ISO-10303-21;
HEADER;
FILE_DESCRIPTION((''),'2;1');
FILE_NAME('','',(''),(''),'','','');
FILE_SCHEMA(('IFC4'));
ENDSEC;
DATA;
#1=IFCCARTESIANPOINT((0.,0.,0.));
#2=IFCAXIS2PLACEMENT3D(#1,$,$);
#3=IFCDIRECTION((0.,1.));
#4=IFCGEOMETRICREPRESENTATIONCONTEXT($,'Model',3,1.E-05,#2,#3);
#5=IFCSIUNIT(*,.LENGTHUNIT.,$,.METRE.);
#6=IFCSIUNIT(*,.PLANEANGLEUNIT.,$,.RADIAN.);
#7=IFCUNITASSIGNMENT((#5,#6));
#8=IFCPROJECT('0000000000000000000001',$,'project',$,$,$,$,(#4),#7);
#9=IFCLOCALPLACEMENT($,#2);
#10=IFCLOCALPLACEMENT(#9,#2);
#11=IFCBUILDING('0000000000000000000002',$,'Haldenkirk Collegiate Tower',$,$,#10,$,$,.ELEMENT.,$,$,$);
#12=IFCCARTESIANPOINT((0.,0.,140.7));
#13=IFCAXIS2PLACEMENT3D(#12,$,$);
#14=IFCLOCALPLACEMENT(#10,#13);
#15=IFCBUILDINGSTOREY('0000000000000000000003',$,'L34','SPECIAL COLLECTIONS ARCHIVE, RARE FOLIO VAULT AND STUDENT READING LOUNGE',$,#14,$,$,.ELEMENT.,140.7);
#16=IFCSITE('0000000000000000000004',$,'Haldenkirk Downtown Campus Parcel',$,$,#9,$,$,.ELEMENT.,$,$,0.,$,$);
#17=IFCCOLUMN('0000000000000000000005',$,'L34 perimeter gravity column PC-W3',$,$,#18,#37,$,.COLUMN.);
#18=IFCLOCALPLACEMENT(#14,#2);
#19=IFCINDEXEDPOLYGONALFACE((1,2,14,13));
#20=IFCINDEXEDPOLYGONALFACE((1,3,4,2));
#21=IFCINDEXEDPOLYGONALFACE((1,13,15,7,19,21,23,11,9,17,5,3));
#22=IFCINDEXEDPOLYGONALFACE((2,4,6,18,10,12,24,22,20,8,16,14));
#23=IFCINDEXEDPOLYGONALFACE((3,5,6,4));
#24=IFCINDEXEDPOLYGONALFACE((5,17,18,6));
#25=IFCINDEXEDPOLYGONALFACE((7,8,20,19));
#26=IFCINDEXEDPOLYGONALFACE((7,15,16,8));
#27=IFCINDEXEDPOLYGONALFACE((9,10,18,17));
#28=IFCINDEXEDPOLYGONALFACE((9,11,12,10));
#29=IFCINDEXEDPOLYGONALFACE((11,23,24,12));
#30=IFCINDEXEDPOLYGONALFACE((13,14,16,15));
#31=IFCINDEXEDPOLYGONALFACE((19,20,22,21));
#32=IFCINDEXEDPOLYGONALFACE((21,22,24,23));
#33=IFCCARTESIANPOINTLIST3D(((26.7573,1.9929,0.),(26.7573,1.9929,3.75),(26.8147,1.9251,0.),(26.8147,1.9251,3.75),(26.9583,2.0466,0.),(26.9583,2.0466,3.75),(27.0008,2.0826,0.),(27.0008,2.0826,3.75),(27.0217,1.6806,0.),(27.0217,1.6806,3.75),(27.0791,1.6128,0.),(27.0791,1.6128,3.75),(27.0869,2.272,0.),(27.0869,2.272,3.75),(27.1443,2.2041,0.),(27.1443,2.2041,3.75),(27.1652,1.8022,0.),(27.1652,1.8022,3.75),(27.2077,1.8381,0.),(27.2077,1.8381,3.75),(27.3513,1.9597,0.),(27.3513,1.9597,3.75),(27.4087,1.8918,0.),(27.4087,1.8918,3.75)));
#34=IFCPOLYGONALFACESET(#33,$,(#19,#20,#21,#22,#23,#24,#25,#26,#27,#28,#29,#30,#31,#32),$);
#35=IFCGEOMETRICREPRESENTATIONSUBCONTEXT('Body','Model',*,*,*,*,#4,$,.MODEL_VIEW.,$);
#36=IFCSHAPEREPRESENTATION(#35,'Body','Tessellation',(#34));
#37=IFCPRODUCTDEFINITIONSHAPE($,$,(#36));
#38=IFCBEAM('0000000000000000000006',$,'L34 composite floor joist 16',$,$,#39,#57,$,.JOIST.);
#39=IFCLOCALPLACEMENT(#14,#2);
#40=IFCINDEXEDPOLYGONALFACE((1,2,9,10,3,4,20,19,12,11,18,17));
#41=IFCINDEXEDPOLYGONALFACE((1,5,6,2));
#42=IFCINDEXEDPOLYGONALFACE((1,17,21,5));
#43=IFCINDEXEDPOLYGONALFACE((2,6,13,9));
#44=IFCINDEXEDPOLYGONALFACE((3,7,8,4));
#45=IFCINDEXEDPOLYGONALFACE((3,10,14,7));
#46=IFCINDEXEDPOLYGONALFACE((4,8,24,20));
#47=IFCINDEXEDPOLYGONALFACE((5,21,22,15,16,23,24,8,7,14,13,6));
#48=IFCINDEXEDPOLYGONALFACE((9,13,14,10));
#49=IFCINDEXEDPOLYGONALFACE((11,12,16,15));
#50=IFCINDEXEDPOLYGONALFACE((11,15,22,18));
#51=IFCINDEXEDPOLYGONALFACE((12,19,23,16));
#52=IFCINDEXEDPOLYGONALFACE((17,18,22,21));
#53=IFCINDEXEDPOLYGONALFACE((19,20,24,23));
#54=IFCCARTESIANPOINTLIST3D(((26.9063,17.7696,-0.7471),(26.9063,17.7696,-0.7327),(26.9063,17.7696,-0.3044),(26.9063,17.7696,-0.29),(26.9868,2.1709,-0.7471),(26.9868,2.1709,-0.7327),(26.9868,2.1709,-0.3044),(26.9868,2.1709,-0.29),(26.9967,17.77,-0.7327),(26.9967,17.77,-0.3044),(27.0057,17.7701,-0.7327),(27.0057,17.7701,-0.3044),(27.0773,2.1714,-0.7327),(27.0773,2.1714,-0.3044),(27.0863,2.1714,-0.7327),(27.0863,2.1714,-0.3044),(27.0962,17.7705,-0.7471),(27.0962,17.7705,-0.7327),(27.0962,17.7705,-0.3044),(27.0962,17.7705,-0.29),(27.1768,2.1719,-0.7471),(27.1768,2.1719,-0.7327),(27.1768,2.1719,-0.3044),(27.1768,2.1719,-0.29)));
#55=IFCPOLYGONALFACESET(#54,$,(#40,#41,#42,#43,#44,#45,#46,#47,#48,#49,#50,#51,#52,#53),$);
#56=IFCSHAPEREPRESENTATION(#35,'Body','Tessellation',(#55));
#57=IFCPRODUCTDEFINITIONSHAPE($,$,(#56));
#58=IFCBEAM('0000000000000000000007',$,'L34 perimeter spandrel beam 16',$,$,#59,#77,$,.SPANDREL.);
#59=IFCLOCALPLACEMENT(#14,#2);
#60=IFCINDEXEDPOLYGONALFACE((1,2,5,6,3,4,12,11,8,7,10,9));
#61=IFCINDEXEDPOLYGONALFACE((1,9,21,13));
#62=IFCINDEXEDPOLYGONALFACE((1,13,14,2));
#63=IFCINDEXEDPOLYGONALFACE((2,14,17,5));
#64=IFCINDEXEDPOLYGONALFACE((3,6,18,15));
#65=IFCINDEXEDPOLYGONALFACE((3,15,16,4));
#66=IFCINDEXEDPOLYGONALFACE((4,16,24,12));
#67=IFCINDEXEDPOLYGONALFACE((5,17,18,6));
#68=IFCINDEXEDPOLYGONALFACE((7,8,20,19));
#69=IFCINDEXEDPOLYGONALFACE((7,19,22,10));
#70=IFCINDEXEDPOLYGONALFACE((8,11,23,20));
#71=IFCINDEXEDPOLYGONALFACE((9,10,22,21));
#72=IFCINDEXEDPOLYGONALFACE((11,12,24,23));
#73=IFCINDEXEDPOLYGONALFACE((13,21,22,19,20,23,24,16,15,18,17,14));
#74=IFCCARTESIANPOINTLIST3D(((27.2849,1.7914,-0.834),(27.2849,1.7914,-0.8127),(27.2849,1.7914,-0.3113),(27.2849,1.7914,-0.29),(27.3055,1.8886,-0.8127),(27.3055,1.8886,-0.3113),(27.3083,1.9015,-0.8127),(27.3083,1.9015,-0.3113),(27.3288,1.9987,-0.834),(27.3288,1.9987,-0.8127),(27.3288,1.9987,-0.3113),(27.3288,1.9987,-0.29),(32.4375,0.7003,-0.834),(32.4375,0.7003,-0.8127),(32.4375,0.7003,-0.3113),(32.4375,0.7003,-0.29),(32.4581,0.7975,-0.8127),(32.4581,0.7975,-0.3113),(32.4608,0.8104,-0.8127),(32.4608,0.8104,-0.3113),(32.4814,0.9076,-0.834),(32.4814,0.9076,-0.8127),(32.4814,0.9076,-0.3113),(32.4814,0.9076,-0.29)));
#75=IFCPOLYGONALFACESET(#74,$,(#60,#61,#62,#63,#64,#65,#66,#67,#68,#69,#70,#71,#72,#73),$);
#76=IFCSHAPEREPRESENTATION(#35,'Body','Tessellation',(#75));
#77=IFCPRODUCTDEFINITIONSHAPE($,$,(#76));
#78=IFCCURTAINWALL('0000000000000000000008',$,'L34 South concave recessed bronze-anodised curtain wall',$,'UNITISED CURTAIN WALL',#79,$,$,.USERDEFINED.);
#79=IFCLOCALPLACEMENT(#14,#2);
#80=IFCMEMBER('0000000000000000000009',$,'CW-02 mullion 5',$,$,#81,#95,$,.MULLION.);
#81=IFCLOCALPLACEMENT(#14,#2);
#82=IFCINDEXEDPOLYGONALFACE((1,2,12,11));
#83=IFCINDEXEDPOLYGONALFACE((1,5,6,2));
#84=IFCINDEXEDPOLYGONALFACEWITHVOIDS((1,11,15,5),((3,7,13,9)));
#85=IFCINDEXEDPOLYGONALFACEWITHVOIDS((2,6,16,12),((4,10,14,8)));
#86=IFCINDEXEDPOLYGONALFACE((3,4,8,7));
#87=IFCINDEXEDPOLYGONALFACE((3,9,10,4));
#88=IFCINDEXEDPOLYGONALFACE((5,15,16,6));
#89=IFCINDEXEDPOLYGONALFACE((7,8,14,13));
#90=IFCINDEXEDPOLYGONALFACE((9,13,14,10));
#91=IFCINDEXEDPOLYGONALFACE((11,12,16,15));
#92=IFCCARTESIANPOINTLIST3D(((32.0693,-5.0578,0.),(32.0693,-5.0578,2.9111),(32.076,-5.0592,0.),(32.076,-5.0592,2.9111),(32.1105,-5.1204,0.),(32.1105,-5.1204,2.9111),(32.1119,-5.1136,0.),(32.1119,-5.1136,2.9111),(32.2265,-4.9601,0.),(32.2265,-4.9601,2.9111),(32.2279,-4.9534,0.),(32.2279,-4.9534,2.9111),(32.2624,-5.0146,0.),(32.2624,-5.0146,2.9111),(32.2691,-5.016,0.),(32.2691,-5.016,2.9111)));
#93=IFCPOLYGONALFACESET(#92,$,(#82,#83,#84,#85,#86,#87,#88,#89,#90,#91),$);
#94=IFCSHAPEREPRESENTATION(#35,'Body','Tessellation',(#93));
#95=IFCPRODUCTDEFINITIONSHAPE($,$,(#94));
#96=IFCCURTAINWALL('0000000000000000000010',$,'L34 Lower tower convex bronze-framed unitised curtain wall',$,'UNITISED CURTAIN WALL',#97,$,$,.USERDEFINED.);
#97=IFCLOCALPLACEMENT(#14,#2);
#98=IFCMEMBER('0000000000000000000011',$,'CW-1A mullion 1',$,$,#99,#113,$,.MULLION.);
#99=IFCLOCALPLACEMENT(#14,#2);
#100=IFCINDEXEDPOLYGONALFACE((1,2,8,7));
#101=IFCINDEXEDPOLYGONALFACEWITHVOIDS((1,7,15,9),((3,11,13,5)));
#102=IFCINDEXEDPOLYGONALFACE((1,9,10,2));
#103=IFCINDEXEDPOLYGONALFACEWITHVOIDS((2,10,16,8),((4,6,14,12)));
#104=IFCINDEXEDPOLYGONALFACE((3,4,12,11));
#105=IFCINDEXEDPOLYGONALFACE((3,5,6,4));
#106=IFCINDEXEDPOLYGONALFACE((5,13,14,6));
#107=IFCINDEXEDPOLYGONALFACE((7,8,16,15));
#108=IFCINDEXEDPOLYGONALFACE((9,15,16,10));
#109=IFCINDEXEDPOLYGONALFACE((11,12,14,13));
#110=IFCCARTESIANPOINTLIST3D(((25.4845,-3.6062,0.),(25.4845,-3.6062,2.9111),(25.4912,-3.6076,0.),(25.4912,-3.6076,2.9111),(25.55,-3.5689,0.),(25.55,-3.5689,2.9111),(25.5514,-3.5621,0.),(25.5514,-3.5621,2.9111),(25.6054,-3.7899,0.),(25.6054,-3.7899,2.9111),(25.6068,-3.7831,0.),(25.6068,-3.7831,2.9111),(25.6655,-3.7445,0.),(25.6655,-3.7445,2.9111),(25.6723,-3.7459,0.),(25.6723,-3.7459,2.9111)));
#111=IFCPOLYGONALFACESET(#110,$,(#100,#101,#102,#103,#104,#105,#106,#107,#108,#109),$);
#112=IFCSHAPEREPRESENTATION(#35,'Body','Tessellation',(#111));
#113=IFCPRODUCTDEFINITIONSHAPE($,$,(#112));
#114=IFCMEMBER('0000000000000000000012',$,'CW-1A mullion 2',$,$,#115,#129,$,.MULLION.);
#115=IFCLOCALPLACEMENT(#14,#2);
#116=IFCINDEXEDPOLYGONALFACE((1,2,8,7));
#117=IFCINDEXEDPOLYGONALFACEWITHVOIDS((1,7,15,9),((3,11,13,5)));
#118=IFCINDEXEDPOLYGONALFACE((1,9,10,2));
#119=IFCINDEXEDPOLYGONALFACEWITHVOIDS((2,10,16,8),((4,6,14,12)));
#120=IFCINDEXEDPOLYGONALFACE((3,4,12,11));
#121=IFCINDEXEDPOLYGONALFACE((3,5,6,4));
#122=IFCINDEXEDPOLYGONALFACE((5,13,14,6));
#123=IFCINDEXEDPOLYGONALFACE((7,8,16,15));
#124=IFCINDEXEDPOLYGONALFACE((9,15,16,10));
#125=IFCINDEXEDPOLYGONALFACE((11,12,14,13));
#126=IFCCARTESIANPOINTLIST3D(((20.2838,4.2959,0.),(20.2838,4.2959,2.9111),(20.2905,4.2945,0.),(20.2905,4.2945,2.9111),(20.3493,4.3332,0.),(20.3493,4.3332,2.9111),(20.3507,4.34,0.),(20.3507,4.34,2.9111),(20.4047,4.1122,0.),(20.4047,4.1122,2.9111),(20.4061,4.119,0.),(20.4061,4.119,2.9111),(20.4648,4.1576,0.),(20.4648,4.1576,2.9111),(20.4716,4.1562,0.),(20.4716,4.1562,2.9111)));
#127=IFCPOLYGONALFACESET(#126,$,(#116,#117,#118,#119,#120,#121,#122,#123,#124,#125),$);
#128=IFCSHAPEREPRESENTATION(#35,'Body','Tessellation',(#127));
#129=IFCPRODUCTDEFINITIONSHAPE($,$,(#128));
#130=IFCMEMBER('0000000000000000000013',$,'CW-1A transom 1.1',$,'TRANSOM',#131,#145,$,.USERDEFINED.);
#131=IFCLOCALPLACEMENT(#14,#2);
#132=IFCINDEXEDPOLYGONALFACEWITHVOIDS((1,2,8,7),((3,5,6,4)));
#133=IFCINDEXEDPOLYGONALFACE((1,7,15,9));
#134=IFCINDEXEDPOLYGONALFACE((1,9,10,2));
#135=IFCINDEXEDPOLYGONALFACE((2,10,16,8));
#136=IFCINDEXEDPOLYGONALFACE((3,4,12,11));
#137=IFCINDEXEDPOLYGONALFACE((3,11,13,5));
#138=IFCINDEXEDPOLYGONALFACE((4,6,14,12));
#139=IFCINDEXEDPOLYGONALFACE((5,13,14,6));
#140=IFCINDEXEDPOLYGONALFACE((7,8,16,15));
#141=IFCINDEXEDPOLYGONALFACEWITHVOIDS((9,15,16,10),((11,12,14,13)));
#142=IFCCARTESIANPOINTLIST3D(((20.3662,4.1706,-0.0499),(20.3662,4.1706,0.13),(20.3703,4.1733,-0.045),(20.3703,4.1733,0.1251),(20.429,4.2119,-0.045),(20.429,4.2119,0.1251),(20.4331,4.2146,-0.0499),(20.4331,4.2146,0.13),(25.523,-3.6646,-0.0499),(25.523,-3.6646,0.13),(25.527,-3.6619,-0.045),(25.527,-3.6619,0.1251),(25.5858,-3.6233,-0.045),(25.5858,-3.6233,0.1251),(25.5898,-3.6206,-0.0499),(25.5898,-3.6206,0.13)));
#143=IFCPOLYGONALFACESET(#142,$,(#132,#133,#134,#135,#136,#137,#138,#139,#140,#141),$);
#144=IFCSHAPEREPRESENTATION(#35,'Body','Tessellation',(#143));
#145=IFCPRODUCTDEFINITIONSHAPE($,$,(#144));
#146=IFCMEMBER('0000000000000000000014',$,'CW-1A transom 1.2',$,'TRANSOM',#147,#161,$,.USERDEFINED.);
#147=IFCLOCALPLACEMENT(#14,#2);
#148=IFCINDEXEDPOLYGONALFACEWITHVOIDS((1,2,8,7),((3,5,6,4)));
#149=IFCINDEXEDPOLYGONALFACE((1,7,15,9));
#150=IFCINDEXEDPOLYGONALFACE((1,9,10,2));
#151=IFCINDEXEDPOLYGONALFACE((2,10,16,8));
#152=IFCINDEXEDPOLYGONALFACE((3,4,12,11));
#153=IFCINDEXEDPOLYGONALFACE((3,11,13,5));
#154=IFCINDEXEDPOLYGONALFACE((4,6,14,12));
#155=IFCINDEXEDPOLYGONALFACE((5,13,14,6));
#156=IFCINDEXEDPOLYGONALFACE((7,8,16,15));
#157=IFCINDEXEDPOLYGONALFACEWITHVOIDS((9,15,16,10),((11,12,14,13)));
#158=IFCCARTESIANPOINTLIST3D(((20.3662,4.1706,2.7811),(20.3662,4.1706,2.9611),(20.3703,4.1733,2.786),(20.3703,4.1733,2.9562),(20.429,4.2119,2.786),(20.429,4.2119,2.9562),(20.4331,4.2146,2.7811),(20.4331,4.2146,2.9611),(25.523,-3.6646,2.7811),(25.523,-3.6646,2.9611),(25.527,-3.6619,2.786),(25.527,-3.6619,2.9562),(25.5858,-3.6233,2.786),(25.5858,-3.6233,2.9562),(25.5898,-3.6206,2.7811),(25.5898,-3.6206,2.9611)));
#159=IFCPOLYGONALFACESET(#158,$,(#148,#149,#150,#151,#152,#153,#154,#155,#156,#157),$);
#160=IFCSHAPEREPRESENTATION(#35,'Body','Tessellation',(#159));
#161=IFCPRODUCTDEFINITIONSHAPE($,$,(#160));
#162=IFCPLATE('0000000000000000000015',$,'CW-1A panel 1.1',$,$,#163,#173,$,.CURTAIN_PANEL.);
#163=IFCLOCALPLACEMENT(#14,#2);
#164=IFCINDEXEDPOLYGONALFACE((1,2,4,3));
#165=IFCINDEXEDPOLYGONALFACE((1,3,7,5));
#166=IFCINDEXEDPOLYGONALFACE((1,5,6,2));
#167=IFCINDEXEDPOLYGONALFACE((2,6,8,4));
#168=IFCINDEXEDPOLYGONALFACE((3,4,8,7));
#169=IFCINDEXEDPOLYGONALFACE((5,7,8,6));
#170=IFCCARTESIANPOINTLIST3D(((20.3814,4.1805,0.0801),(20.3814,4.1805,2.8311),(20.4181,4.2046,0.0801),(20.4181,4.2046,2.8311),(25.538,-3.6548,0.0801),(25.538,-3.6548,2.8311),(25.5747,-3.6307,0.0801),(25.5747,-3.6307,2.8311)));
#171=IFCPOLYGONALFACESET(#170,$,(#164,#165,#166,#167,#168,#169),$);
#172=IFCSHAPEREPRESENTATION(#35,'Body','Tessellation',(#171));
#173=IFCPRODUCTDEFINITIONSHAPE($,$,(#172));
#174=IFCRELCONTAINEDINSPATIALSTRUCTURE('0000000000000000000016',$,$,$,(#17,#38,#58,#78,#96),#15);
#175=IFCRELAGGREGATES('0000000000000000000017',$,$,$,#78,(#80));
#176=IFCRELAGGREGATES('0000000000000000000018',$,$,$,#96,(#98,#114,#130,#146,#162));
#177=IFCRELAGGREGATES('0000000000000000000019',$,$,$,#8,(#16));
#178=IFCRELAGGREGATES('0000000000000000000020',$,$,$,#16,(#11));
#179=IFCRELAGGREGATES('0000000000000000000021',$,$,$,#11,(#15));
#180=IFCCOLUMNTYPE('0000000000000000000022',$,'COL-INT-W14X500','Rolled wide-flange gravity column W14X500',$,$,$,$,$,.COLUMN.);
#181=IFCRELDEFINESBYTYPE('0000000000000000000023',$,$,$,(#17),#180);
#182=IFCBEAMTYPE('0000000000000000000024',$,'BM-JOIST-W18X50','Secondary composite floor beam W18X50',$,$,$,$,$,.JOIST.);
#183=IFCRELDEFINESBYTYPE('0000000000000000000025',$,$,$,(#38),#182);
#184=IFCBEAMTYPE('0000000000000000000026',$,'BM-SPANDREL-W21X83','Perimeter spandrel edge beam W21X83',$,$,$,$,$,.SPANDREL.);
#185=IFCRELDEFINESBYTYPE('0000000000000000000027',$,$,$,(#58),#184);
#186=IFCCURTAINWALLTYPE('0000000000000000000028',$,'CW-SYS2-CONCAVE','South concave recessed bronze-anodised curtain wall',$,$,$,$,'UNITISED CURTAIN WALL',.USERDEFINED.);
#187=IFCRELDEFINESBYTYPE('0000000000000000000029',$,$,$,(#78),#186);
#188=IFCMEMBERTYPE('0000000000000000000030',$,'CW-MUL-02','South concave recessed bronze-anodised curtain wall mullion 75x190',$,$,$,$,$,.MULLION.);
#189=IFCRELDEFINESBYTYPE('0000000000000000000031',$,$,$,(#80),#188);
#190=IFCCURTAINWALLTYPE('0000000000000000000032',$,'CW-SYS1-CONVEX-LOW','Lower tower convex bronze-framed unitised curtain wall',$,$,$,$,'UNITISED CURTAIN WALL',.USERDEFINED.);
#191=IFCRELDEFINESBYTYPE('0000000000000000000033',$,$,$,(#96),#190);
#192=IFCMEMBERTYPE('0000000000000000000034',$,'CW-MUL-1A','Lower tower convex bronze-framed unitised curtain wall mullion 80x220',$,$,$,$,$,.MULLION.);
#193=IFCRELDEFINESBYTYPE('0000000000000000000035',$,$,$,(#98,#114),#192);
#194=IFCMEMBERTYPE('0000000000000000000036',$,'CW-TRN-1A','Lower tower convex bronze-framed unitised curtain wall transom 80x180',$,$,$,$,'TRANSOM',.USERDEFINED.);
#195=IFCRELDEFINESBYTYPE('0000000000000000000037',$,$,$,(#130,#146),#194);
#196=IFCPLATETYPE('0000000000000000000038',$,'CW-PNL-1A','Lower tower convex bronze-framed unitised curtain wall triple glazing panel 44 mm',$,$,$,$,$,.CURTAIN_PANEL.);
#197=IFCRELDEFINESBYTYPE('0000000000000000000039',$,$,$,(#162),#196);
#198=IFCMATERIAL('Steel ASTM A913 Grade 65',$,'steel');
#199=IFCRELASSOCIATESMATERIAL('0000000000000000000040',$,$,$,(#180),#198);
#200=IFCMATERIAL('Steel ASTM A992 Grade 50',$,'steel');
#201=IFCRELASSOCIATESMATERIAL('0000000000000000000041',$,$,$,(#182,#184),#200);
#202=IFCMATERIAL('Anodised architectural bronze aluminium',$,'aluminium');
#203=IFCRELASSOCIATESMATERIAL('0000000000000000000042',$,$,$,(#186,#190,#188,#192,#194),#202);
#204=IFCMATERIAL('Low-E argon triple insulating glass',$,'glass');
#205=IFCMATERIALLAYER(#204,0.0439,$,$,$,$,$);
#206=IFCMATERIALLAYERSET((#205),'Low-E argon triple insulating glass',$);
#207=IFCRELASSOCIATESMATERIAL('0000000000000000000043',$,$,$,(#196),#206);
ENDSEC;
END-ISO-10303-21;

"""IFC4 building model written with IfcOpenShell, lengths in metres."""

from ifc_helpers import new_model, si_unit, direction, frame, origin, origin_2d, place, context, subcontext, project, spatial, rectangle, hollow_rectangle, i_section, extrude, source, transform, mapped, material, layer, layer_set, material_profile, profile_set, type_object, element, aggregate, save


model = new_model("IFC4")

# Units and contexts
model_context = context("Model", 3, precision=1e-05, world=origin(), true_north=direction((0.0, 1.0)))
body_context = subcontext(model_context, "Body", "Model", "MODEL_VIEW")
ifc_project = project(units=[si_unit("LENGTHUNIT", "METRE"), si_unit("PLANEANGLEUNIT", "RADIAN")], contexts=[model_context])

# Site, building, storey
site_placement = place(None, origin())
site = spatial("IfcSite", under=ifc_project, at=site_placement, Name="Haldenkirk Downtown Campus Parcel", CompositionType="ELEMENT", RefElevation=0.0)
building_placement = place(site_placement, origin())
building = spatial("IfcBuilding", under=site, at=building_placement, Name="Haldenkirk Collegiate Tower", CompositionType="ELEMENT")
storey_placement = place(building_placement, frame((0.0, 0.0, 140.7)))
storey = spatial("IfcBuildingStorey", under=building, at=storey_placement, Name="L34", Description="SPECIAL COLLECTIONS ARCHIVE, RARE FOLIO VAULT AND STUDENT READING LOUNGE", CompositionType="ELEMENT", Elevation=140.7)

# Column
ifc_material_1 = material(Name="Steel ASTM A913 Grade 65", Category="steel")
ifc_material_profile_1 = material_profile(ifc_material_1, i_section(OverallWidth=0.4319, OverallDepth=0.498, WebThickness=0.0557, FlangeThickness=0.0889, at=origin_2d()), Name="W14X500")
ifc_profile_set_1 = profile_set([ifc_material_profile_1], Name="Steel ASTM A913 Grade 65")
column_type = type_object("IfcColumnType", Name="COL-INT-W14X500", Description="Rolled wide-flange gravity column W14X500", PredefinedType="COLUMN", material=ifc_profile_set_1)
column_placement = place(storey_placement, frame((27.083, 1.9424, 0.0), z_axis=(0.0, 0.0, 1.0), x_axis=(0.763232, 0.646124, 0.0)))
element("IfcColumn", 1, at=column_placement, inside=storey, type_object=column_type, Name="L34 perimeter gravity column PC-W3", PredefinedType="COLUMN", context=body_context, shape_type="SweptSolid", body=[
    extrude(i_section(OverallWidth=0.4319, OverallDepth=0.498, WebThickness=0.0557, FlangeThickness=0.0889, at=origin_2d()), origin(), (0.0, 0.0, 1.0), 3.75),
])

# Beams
ifc_material_2 = material(Name="Steel ASTM A992 Grade 50", Category="steel")
ifc_material_profile_2 = material_profile(ifc_material_2, i_section(OverallWidth=0.1899, OverallDepth=0.457, WebThickness=0.009, FlangeThickness=0.0144, at=origin_2d()), Name="W18X50")
ifc_profile_set_2 = profile_set([ifc_material_profile_2], Name="Steel ASTM A992 Grade 50")
beam_type_1 = type_object("IfcBeamType", Name="BM-JOIST-W18X50", Description="Secondary composite floor beam W18X50", PredefinedType="JOIST", material=ifc_profile_set_2)
beam_1_placement = place(storey_placement, frame((27.0818, 2.1714, -0.5186), z_axis=(-0.005165, 0.999987, 0.0), x_axis=(-0.999987, -0.005165, 0.0)))
element("IfcBeam", 2, at=beam_1_placement, inside=storey, type_object=beam_type_1, Name="L34 composite floor joist 16", PredefinedType="JOIST", context=body_context, shape_type="SweptSolid", body=[
    extrude(i_section(OverallWidth=0.1899, OverallDepth=0.457, WebThickness=0.009, FlangeThickness=0.0144, at=origin_2d()), origin(), (0.0, 0.0, 1.0), 15.5989),
])
ifc_material_profile_3 = material_profile(ifc_material_2, i_section(OverallWidth=0.2119, OverallDepth=0.5439, WebThickness=0.0132, FlangeThickness=0.0212, at=origin_2d()), Name="W21X83")
ifc_profile_set_3 = profile_set([ifc_material_profile_3], Name="Steel ASTM A992 Grade 50")
beam_type_2 = type_object("IfcBeamType", Name="BM-SPANDREL-W21X83", Description="Perimeter spandrel edge beam W21X83", PredefinedType="SPANDREL", material=ifc_profile_set_3)
beam_2_placement = place(storey_placement, frame((27.3069, 1.895, -0.562), z_axis=(0.978308, -0.207157, 0.0), x_axis=(0.207157, 0.978308, 0.0)))
element("IfcBeam", 3, at=beam_2_placement, inside=storey, type_object=beam_type_2, Name="L34 perimeter spandrel beam 16", PredefinedType="SPANDREL", context=body_context, shape_type="SweptSolid", body=[
    extrude(i_section(OverallWidth=0.2119, OverallDepth=0.5439, WebThickness=0.0132, FlangeThickness=0.0212, at=origin_2d()), origin(), (0.0, 0.0, 1.0), 5.2668),
])

# Curtain wall, member
ifc_material_3 = material(Name="Anodised architectural bronze aluminium", Category="aluminium")
curtain_wall_type_1 = type_object("IfcCurtainWallType", Name="CW-SYS2-CONCAVE", Description="South concave recessed bronze-anodised curtain wall", ElementType="UNITISED CURTAIN WALL", PredefinedType="USERDEFINED", material=ifc_material_3)
curtain_wall_1_placement = place(storey_placement, origin())
curtain_wall_1 = element("IfcCurtainWall", 4, at=curtain_wall_1_placement, inside=storey, type_object=curtain_wall_type_1, Name="L34 South concave recessed bronze-anodised curtain wall", ObjectType="UNITISED CURTAIN WALL", PredefinedType="USERDEFINED")
ifc_material_profile_4 = material_profile(ifc_material_3, hollow_rectangle(XDim=0.075, YDim=0.1899, WallThickness=0.0049, at=origin_2d()), Name="CW-MUL-02")
ifc_profile_set_4 = profile_set([ifc_material_profile_4], Name="Anodised architectural bronze aluminium")
member_type_1 = type_object("IfcMemberType", Name="CW-MUL-02", Description="South concave recessed bronze-anodised curtain wall mullion 75x190", PredefinedType="MULLION", material=ifc_profile_set_4)
member_1_placement = place(storey_placement, frame((32.1692, -5.0369, 0.0), z_axis=(0.0, 0.0, 1.0), x_axis=(0.549752, -0.835328, 0.0)))
member_1 = element("IfcMember", 5, at=member_1_placement, type_object=member_type_1, Name="CW-02 mullion 5", PredefinedType="MULLION", context=body_context, shape_type="SweptSolid", body=[
    extrude(hollow_rectangle(XDim=0.075, YDim=0.1899, WallThickness=0.0049, at=origin_2d()), origin(), (0.0, 0.0, 1.0), 2.9111),
])
aggregate(curtain_wall_1, [member_1])

# Curtain wall, members, plate
curtain_wall_type_2 = type_object("IfcCurtainWallType", Name="CW-SYS1-CONVEX-LOW", Description="Lower tower convex bronze-framed unitised curtain wall", ElementType="UNITISED CURTAIN WALL", PredefinedType="USERDEFINED", material=ifc_material_3)
curtain_wall_2_placement = place(storey_placement, origin())
curtain_wall_2 = element("IfcCurtainWall", 6, at=curtain_wall_2_placement, inside=storey, type_object=curtain_wall_type_2, Name="L34 Lower tower convex bronze-framed unitised curtain wall", ObjectType="UNITISED CURTAIN WALL", PredefinedType="USERDEFINED")
ifc_material_profile_5 = material_profile(ifc_material_3, hollow_rectangle(XDim=0.0801, YDim=0.22, WallThickness=0.0049, at=origin_2d()), Name="CW-MUL-1A")
ifc_profile_set_5 = profile_set([ifc_material_profile_5], Name="Anodised architectural bronze aluminium")
member_type_2 = type_object("IfcMemberType", Name="CW-MUL-1A", Description="Lower tower convex bronze-framed unitised curtain wall mullion 80x220", PredefinedType="MULLION", material=ifc_profile_set_5)
member_2_placement = place(storey_placement, frame((25.5784, -3.676, 0.0), z_axis=(0.0, 0.0, 1.0), x_axis=(-0.835327, -0.549753, 0.0)))
member_2 = element("IfcMember", 7, at=member_2_placement, type_object=member_type_2, Name="CW-1A mullion 1", PredefinedType="MULLION", context=body_context, shape_type="SweptSolid", body=[
    extrude(hollow_rectangle(XDim=0.0801, YDim=0.22, WallThickness=0.0049, at=origin_2d()), origin(), (0.0, 0.0, 1.0), 2.9111),
])
member_3_placement = place(storey_placement, frame((20.3777, 4.2261, 0.0), z_axis=(0.0, 0.0, 1.0), x_axis=(-0.835327, -0.549753, 0.0)))
member_3 = element("IfcMember", 8, at=member_3_placement, type_object=member_type_2, Name="CW-1A mullion 2", PredefinedType="MULLION", context=body_context, shape_type="SweptSolid", body=[
    extrude(hollow_rectangle(XDim=0.0801, YDim=0.22, WallThickness=0.0049, at=origin_2d()), origin(), (0.0, 0.0, 1.0), 2.9111),
])
ifc_material_profile_6 = material_profile(ifc_material_3, hollow_rectangle(XDim=0.0801, YDim=0.1799, WallThickness=0.0049, at=origin_2d()), Name="CW-TRN-1A")
ifc_profile_set_6 = profile_set([ifc_material_profile_6], Name="Anodised architectural bronze aluminium")
member_type_3 = type_object("IfcMemberType", Name="CW-TRN-1A", Description="Lower tower convex bronze-framed unitised curtain wall transom 80x180", ElementType="TRANSOM", PredefinedType="USERDEFINED", material=ifc_profile_set_6)
member_4_placement = place(storey_placement, frame((25.5564, -3.6426, 0.04), z_axis=(-0.549765, 0.835319, 0.0), x_axis=(-0.835319, -0.549765, 0.0)))
member_4 = element("IfcMember", 9, at=member_4_placement, type_object=member_type_3, Name="CW-1A transom 1.1", ObjectType="TRANSOM", PredefinedType="USERDEFINED", context=body_context, shape_type="SweptSolid", body=[
    extrude(hollow_rectangle(XDim=0.0801, YDim=0.1799, WallThickness=0.0049, at=origin_2d()), origin(), (0.0, 0.0, 1.0), 9.3799),
])
member_5_placement = place(storey_placement, frame((25.5564, -3.6426, 2.8711), z_axis=(-0.549765, 0.835319, 0.0), x_axis=(-0.835319, -0.549765, 0.0)))
member_5 = element("IfcMember", 10, at=member_5_placement, type_object=member_type_3, Name="CW-1A transom 1.2", ObjectType="TRANSOM", PredefinedType="USERDEFINED", context=body_context, shape_type="SweptSolid", body=[
    extrude(hollow_rectangle(XDim=0.0801, YDim=0.1799, WallThickness=0.0049, at=origin_2d()), origin(), (0.0, 0.0, 1.0), 9.3799),
])
ifc_material_4 = material(Name="Low-E argon triple insulating glass", Category="glass")
ifc_layer_1 = layer(ifc_material_4, 0.0439)
ifc_layer_set_1 = layer_set([ifc_layer_1], Name="Low-E argon triple insulating glass")
plate_type = type_object("IfcPlateType", Name="CW-PNL-1A", Description="Lower tower convex bronze-framed unitised curtain wall triple glazing panel 44 mm", PredefinedType="CURTAIN_PANEL", material=ifc_layer_set_1)
shared_shape_1 = source(origin(), body_context, "Body", "SweptSolid", [
    extrude(rectangle(XDim=9.3799, YDim=0.0439, at=origin_2d()), origin(), (0.0, 0.0, 1.0), 2.751),
])
plate_placement = place(storey_placement, frame((22.978, 0.2749, 0.0801), z_axis=(0.0, 0.0, 1.0), x_axis=(-0.549753, 0.835327, 0.0)))
plate = element("IfcPlate", 11, at=plate_placement, type_object=plate_type, Name="CW-1A panel 1.1", PredefinedType="CURTAIN_PANEL", context=body_context, shape_type="MappedRepresentation", body=[
    mapped(shared_shape_1, transform((0.0, 0.0, 0.0), x_axis=(1.0, 0.0, 0.0), y_axis=(0.0, 1.0, 0.0), z_axis=(0.0, 0.0, 1.0), scale=1.0)),
])
aggregate(curtain_wall_2, [member_2, member_3, member_4, member_5, plate])

save(model, "model.ifc")
